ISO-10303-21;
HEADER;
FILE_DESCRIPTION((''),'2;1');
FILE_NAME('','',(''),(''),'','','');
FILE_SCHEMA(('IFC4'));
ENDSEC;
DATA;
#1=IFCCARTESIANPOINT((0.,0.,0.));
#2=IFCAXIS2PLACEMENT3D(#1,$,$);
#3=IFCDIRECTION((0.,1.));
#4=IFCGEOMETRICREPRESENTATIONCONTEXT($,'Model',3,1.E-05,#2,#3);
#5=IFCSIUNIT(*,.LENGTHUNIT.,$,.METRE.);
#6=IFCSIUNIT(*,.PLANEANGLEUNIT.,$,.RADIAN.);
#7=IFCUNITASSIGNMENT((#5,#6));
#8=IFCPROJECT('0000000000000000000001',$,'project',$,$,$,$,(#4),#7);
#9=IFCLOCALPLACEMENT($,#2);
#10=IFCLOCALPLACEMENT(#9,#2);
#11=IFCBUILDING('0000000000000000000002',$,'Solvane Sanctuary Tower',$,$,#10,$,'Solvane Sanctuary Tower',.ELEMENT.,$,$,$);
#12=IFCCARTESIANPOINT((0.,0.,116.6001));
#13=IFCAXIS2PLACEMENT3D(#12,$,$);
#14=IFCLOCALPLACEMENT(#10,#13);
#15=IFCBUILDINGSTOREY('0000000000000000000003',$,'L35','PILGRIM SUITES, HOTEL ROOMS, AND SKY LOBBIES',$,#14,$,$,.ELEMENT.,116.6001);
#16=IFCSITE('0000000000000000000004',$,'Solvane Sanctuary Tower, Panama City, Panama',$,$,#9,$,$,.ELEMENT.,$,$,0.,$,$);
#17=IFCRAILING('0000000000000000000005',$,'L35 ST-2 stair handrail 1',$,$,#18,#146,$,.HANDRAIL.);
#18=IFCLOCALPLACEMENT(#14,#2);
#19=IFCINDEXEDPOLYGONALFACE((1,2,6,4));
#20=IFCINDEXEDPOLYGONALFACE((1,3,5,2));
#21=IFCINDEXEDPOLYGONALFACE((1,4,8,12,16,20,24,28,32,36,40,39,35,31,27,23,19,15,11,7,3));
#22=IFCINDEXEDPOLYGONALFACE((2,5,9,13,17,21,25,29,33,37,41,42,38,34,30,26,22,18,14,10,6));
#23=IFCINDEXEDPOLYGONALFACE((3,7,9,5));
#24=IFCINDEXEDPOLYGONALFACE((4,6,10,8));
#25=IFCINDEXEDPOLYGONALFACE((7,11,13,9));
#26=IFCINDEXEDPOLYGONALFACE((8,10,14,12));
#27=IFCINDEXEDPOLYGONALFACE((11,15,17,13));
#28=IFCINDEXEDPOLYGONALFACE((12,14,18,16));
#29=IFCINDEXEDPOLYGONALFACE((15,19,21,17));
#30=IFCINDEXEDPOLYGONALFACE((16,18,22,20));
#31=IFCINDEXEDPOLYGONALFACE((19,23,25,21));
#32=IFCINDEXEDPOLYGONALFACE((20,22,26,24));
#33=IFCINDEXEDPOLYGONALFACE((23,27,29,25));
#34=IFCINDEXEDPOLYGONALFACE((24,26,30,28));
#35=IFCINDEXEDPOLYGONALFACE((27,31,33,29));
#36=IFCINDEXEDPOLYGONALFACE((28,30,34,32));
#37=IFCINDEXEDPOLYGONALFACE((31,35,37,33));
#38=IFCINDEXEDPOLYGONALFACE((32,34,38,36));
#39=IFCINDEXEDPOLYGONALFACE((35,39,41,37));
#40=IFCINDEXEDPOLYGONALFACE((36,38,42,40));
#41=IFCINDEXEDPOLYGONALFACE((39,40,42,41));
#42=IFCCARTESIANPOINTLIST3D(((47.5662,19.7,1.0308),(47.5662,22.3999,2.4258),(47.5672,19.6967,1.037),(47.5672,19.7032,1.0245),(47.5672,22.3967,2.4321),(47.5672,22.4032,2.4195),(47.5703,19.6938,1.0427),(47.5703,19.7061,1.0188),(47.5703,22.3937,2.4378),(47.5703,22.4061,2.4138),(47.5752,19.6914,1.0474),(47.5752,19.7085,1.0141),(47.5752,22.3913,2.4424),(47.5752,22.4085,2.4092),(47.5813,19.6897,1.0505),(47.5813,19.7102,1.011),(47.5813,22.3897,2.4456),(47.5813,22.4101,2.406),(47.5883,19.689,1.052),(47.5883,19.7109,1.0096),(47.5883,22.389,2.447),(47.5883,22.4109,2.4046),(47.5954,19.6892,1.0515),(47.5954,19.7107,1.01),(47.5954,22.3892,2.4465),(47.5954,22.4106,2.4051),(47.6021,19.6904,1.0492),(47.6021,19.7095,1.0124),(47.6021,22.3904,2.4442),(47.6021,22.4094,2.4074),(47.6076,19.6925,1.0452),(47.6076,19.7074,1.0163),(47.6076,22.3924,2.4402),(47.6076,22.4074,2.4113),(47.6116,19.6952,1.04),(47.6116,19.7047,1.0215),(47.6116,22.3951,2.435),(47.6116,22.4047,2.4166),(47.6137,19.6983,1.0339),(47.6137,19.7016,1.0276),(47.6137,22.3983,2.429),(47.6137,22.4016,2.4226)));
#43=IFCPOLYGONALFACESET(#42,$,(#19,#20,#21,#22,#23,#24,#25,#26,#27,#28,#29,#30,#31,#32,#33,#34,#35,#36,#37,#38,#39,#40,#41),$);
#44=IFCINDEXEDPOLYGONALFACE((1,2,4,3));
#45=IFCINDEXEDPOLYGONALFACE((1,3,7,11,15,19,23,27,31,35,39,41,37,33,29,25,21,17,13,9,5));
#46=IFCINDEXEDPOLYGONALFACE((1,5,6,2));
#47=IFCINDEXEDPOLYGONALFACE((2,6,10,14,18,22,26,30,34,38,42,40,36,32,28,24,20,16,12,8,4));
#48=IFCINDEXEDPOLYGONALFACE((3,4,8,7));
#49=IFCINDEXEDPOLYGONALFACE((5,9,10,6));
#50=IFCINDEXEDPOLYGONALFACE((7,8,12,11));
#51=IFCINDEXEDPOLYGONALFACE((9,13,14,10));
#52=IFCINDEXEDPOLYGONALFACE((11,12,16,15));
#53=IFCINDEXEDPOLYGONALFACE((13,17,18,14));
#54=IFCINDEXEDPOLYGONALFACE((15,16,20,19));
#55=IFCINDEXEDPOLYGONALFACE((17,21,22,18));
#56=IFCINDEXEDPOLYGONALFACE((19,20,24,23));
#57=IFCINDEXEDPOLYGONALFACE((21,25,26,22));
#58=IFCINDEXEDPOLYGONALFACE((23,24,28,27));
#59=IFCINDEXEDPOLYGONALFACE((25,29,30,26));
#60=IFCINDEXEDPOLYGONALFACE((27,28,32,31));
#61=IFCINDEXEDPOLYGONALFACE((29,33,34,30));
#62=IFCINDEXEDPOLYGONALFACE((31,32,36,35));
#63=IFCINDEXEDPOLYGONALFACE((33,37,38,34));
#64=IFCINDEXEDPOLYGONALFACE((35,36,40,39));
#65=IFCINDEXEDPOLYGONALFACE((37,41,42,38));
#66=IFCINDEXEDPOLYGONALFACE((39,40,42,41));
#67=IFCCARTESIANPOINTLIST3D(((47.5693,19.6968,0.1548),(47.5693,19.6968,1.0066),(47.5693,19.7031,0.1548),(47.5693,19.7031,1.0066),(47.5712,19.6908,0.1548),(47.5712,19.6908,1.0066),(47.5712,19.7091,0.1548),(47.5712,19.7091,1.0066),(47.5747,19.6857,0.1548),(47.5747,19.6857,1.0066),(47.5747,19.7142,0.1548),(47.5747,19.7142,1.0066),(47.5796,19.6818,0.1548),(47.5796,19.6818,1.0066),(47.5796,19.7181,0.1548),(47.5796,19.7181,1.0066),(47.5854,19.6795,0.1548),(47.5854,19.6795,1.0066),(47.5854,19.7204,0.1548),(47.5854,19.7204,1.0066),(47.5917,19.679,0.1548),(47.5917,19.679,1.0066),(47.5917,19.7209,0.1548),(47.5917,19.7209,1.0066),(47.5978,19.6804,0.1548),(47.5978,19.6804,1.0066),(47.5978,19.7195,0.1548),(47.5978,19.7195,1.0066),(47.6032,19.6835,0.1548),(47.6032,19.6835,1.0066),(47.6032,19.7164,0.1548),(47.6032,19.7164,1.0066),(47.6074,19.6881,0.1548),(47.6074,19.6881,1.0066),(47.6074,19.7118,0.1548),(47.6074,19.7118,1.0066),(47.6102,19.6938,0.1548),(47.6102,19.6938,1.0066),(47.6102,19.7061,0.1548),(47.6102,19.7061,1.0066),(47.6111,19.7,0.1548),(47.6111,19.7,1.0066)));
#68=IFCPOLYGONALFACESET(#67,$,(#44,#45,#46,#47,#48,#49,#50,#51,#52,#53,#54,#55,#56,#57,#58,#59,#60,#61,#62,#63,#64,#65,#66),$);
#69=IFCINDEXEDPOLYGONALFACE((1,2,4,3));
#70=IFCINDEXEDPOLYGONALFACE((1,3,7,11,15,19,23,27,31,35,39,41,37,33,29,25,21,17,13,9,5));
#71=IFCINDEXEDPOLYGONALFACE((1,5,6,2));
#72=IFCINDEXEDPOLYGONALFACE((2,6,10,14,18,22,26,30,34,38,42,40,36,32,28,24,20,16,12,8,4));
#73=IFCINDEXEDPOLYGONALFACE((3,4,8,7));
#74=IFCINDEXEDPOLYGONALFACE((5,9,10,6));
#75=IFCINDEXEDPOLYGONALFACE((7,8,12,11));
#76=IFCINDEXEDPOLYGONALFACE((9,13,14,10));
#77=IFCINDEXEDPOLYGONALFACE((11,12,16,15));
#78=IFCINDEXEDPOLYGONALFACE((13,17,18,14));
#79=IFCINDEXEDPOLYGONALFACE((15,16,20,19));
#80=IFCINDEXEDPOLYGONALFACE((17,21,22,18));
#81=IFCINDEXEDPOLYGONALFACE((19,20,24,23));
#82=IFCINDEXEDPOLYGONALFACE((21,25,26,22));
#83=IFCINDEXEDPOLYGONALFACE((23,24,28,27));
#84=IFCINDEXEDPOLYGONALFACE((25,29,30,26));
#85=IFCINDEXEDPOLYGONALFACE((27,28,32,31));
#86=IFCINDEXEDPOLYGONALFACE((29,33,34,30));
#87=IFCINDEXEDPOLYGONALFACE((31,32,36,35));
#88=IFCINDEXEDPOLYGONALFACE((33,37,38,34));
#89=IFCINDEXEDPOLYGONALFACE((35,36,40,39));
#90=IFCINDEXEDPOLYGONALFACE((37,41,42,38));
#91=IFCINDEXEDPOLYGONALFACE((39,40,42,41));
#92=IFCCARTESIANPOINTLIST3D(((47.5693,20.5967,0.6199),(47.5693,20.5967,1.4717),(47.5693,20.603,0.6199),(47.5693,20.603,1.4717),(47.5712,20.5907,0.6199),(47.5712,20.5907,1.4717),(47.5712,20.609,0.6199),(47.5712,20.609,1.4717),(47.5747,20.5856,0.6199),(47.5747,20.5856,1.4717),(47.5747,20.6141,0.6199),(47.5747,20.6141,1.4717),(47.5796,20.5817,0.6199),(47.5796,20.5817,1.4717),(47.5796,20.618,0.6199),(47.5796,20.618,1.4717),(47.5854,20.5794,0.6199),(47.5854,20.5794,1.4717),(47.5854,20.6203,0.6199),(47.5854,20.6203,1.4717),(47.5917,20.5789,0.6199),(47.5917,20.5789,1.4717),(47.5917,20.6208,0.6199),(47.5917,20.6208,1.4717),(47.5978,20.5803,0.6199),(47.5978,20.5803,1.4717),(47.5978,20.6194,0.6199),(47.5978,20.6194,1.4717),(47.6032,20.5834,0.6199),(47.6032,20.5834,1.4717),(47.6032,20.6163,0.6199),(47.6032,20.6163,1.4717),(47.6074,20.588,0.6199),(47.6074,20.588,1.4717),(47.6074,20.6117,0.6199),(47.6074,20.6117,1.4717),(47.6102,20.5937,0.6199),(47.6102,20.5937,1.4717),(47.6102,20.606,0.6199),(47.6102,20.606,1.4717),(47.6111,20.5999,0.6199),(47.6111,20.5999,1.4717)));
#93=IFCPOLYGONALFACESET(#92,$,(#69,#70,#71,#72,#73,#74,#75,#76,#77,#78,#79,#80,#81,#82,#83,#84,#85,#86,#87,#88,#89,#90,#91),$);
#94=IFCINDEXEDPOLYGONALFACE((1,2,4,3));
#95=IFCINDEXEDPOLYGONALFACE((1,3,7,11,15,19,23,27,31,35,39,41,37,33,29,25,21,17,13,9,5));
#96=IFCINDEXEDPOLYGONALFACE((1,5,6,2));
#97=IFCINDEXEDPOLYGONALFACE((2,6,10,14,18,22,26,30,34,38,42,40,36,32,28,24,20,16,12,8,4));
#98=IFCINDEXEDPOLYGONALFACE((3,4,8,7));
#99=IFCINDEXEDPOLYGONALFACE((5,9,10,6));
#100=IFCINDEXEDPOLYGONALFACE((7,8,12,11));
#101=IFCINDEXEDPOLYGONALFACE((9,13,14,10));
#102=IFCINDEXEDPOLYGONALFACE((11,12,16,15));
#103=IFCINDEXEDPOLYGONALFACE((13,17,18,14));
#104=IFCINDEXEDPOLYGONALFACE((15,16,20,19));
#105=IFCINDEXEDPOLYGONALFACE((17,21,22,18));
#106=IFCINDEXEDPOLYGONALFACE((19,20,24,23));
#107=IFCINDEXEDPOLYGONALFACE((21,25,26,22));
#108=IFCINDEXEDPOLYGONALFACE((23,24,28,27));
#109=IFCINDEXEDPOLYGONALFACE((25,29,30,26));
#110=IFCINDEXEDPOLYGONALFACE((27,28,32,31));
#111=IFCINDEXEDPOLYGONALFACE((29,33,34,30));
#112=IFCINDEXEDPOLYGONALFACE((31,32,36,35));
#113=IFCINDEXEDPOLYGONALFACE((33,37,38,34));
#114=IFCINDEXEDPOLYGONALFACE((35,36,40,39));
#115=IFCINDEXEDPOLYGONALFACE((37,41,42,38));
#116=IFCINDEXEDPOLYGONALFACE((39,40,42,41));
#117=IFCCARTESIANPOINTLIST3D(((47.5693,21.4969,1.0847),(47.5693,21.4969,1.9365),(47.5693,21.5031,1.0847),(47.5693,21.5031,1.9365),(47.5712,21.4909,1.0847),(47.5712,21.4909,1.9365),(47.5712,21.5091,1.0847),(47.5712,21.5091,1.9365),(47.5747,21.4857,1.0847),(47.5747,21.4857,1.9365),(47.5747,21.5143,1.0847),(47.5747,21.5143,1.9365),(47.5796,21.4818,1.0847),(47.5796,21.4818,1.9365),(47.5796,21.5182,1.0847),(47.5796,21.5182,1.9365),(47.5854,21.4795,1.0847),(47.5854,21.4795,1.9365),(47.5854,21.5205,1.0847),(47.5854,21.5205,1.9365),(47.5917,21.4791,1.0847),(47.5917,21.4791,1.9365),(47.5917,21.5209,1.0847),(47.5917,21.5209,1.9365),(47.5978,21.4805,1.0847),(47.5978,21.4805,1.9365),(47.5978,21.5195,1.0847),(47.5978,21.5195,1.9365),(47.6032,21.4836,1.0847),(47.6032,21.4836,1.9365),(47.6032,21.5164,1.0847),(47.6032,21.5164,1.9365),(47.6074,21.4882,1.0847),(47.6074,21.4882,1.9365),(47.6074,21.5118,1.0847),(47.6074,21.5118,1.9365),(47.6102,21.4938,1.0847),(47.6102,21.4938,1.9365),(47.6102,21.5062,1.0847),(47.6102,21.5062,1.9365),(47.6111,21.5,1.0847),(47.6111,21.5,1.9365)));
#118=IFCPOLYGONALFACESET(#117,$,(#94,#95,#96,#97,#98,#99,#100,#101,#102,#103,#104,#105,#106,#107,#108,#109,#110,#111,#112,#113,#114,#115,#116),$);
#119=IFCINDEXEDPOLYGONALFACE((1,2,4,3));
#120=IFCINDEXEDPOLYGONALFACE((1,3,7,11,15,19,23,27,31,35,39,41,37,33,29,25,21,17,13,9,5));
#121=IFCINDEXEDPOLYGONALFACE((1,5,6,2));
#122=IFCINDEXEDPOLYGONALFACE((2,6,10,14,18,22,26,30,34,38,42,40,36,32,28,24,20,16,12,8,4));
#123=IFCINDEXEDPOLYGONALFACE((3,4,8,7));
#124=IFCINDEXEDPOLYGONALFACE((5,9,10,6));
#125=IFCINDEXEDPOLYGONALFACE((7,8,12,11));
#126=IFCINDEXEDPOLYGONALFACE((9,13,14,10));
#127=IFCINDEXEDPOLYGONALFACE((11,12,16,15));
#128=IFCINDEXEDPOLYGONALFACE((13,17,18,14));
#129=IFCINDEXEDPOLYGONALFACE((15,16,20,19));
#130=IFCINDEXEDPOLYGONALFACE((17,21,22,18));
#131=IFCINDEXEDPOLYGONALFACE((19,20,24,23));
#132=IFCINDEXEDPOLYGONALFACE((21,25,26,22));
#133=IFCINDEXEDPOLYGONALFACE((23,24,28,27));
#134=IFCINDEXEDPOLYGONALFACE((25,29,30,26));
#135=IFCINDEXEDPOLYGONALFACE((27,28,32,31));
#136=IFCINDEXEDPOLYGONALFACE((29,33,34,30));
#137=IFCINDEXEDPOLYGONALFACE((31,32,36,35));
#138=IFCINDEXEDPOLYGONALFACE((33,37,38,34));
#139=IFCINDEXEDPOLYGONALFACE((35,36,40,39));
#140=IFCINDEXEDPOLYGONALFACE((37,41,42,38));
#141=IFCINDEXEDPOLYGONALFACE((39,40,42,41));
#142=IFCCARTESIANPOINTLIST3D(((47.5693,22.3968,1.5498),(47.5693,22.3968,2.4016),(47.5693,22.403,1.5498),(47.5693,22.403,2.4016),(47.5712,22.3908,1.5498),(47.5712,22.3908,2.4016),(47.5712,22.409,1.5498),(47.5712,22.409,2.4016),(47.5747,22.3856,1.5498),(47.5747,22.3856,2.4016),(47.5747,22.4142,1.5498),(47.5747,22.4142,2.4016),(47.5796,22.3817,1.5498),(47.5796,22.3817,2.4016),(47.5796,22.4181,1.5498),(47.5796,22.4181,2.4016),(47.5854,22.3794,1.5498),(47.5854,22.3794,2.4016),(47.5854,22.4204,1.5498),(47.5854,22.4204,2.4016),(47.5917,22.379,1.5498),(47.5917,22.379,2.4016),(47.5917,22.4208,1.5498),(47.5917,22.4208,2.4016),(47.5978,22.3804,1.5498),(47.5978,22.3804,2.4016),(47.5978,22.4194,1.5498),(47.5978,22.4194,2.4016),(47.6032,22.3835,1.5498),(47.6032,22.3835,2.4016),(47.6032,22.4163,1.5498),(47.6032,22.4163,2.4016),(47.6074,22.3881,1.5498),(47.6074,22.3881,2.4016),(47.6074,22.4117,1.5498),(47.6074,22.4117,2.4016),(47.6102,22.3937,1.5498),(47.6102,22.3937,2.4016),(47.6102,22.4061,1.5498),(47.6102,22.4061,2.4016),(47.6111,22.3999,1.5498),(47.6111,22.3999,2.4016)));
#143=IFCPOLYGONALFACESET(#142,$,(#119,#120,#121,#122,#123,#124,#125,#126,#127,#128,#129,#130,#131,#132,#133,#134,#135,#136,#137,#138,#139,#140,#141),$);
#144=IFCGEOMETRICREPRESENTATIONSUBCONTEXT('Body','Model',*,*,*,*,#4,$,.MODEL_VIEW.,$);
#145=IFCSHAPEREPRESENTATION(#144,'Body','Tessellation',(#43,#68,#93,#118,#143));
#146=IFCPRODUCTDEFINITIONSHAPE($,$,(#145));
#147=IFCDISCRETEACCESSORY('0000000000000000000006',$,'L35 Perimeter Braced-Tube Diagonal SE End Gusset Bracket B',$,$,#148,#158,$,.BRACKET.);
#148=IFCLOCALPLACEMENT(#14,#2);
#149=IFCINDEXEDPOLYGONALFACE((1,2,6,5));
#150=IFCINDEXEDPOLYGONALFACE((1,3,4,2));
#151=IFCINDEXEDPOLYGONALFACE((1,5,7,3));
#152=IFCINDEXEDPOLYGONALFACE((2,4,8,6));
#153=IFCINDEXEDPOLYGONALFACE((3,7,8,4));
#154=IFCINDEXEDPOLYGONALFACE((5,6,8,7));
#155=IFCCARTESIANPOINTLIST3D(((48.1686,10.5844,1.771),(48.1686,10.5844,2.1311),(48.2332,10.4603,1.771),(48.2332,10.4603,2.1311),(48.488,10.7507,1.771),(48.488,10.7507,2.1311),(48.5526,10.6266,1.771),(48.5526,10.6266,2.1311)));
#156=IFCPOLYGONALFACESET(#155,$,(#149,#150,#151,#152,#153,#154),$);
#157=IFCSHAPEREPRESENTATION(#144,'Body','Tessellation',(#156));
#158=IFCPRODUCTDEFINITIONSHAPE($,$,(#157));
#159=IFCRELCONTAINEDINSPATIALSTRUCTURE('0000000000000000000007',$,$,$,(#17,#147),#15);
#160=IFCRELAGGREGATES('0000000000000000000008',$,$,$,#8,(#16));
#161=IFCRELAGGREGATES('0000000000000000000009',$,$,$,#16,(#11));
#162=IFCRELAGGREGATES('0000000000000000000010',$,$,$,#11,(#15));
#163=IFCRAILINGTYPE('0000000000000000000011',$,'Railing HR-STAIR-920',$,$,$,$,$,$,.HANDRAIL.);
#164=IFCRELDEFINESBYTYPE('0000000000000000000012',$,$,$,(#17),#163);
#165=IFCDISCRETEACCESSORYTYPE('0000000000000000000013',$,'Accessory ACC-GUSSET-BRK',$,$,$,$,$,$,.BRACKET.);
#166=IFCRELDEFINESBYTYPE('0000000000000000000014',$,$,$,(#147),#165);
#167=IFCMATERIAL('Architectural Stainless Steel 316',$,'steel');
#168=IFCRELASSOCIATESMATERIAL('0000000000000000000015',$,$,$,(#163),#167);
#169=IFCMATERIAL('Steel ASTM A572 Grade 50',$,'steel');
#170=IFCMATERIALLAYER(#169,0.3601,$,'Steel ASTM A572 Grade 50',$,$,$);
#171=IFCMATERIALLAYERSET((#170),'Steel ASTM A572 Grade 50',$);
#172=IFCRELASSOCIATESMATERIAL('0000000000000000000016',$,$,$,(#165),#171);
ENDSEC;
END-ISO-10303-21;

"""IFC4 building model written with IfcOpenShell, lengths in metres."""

from ifc_helpers import new_model, si_unit, direction, frame, origin, origin_2d, place, context, subcontext, project, spatial, rectangle, circle, extrude, material, layer, layer_set, type_object, element, save


model = new_model("IFC4")

# Units and contexts
model_context = context("Model", 3, precision=1e-05, world=origin(), true_north=direction((0.0, 1.0)))
body_context = subcontext(model_context, "Body", "Model", "MODEL_VIEW")
ifc_project = project(units=[si_unit("LENGTHUNIT", "METRE"), si_unit("PLANEANGLEUNIT", "RADIAN")], contexts=[model_context])

# Site, building, storey
site_placement = place(None, origin())
site = spatial("IfcSite", under=ifc_project, at=site_placement, Name="Solvane Sanctuary Tower, Panama City, Panama", CompositionType="ELEMENT", RefElevation=0.0)
building_placement = place(site_placement, origin())
building = spatial("IfcBuilding", under=site, at=building_placement, Name="Solvane Sanctuary Tower", LongName="Solvane Sanctuary Tower", CompositionType="ELEMENT")
storey_placement = place(building_placement, frame((0.0, 0.0, 116.6001)))
storey = spatial("IfcBuildingStorey", under=building, at=storey_placement, Name="L35", Description="PILGRIM SUITES, HOTEL ROOMS, AND SKY LOBBIES", CompositionType="ELEMENT", Elevation=116.6001)

# Shared definitions
ifc_material_1 = material(Name="Architectural Stainless Steel 316", Category="steel")

# Railing
railing_type_1 = type_object("IfcRailingType", Name="Railing HR-STAIR-920", PredefinedType="HANDRAIL", material=ifc_material_1)
railing_1_placement = place(storey_placement, frame((47.5901, 19.7, 0.1548)))
element("IfcRailing", 1, at=railing_1_placement, inside=storey, type_object=railing_type_1, Name="L35 ST-2 stair handrail 1", PredefinedType="HANDRAIL", context=body_context, shape_type="SweptSolid", body=[
    extrude(circle(Radius=0.0239, at=origin_2d()), frame((0.0, 0.0, 0.876), z_axis=(0.0, 0.88842, 0.459032), x_axis=(-1.0, 0.0, 0.0)), (0.0, 0.0, 1.0), 3.0391),
    extrude(circle(Radius=0.021, at=origin_2d()), origin(), (0.0, 0.0, 1.0), 0.8518),
    extrude(circle(Radius=0.021, at=origin_2d()), frame((0.0, 0.8999, 0.4651)), (0.0, 0.0, 1.0), 0.8518),
    extrude(circle(Radius=0.021, at=origin_2d()), frame((0.0, 1.8, 0.9299)), (0.0, 0.0, 1.0), 0.8518),
    extrude(circle(Radius=0.021, at=origin_2d()), frame((0.0, 2.7, 1.395)), (0.0, 0.0, 1.0), 0.8518),
])

# Discrete accessory
ifc_material_2 = material(Name="Steel ASTM A572 Grade 50", Category="steel")
ifc_layer_1 = layer(ifc_material_2, 0.3601, Name="Steel ASTM A572 Grade 50")
ifc_layer_set_1 = layer_set([ifc_layer_1], Name="Steel ASTM A572 Grade 50")
discrete_accessory_type = type_object("IfcDiscreteAccessoryType", Name="Accessory ACC-GUSSET-BRK", PredefinedType="BRACKET", material=ifc_layer_set_1)
discrete_accessory_placement = place(storey_placement, frame((48.3606, 10.6055, 1.771), z_axis=(0.0, 0.0, 1.0), x_axis=(0.887011, 0.461749, 0.0)))
element("IfcDiscreteAccessory", 2, at=discrete_accessory_placement, inside=storey, type_object=discrete_accessory_type, Name="L35 Perimeter Braced-Tube Diagonal SE End Gusset Bracket B", PredefinedType="BRACKET", context=body_context, shape_type="SweptSolid", body=[
    extrude(rectangle(XDim=0.3601, YDim=0.1399, at=origin_2d()), origin(), (0.0, 0.0, 1.0), 0.3601),
])

save(model, "model.ifc")
